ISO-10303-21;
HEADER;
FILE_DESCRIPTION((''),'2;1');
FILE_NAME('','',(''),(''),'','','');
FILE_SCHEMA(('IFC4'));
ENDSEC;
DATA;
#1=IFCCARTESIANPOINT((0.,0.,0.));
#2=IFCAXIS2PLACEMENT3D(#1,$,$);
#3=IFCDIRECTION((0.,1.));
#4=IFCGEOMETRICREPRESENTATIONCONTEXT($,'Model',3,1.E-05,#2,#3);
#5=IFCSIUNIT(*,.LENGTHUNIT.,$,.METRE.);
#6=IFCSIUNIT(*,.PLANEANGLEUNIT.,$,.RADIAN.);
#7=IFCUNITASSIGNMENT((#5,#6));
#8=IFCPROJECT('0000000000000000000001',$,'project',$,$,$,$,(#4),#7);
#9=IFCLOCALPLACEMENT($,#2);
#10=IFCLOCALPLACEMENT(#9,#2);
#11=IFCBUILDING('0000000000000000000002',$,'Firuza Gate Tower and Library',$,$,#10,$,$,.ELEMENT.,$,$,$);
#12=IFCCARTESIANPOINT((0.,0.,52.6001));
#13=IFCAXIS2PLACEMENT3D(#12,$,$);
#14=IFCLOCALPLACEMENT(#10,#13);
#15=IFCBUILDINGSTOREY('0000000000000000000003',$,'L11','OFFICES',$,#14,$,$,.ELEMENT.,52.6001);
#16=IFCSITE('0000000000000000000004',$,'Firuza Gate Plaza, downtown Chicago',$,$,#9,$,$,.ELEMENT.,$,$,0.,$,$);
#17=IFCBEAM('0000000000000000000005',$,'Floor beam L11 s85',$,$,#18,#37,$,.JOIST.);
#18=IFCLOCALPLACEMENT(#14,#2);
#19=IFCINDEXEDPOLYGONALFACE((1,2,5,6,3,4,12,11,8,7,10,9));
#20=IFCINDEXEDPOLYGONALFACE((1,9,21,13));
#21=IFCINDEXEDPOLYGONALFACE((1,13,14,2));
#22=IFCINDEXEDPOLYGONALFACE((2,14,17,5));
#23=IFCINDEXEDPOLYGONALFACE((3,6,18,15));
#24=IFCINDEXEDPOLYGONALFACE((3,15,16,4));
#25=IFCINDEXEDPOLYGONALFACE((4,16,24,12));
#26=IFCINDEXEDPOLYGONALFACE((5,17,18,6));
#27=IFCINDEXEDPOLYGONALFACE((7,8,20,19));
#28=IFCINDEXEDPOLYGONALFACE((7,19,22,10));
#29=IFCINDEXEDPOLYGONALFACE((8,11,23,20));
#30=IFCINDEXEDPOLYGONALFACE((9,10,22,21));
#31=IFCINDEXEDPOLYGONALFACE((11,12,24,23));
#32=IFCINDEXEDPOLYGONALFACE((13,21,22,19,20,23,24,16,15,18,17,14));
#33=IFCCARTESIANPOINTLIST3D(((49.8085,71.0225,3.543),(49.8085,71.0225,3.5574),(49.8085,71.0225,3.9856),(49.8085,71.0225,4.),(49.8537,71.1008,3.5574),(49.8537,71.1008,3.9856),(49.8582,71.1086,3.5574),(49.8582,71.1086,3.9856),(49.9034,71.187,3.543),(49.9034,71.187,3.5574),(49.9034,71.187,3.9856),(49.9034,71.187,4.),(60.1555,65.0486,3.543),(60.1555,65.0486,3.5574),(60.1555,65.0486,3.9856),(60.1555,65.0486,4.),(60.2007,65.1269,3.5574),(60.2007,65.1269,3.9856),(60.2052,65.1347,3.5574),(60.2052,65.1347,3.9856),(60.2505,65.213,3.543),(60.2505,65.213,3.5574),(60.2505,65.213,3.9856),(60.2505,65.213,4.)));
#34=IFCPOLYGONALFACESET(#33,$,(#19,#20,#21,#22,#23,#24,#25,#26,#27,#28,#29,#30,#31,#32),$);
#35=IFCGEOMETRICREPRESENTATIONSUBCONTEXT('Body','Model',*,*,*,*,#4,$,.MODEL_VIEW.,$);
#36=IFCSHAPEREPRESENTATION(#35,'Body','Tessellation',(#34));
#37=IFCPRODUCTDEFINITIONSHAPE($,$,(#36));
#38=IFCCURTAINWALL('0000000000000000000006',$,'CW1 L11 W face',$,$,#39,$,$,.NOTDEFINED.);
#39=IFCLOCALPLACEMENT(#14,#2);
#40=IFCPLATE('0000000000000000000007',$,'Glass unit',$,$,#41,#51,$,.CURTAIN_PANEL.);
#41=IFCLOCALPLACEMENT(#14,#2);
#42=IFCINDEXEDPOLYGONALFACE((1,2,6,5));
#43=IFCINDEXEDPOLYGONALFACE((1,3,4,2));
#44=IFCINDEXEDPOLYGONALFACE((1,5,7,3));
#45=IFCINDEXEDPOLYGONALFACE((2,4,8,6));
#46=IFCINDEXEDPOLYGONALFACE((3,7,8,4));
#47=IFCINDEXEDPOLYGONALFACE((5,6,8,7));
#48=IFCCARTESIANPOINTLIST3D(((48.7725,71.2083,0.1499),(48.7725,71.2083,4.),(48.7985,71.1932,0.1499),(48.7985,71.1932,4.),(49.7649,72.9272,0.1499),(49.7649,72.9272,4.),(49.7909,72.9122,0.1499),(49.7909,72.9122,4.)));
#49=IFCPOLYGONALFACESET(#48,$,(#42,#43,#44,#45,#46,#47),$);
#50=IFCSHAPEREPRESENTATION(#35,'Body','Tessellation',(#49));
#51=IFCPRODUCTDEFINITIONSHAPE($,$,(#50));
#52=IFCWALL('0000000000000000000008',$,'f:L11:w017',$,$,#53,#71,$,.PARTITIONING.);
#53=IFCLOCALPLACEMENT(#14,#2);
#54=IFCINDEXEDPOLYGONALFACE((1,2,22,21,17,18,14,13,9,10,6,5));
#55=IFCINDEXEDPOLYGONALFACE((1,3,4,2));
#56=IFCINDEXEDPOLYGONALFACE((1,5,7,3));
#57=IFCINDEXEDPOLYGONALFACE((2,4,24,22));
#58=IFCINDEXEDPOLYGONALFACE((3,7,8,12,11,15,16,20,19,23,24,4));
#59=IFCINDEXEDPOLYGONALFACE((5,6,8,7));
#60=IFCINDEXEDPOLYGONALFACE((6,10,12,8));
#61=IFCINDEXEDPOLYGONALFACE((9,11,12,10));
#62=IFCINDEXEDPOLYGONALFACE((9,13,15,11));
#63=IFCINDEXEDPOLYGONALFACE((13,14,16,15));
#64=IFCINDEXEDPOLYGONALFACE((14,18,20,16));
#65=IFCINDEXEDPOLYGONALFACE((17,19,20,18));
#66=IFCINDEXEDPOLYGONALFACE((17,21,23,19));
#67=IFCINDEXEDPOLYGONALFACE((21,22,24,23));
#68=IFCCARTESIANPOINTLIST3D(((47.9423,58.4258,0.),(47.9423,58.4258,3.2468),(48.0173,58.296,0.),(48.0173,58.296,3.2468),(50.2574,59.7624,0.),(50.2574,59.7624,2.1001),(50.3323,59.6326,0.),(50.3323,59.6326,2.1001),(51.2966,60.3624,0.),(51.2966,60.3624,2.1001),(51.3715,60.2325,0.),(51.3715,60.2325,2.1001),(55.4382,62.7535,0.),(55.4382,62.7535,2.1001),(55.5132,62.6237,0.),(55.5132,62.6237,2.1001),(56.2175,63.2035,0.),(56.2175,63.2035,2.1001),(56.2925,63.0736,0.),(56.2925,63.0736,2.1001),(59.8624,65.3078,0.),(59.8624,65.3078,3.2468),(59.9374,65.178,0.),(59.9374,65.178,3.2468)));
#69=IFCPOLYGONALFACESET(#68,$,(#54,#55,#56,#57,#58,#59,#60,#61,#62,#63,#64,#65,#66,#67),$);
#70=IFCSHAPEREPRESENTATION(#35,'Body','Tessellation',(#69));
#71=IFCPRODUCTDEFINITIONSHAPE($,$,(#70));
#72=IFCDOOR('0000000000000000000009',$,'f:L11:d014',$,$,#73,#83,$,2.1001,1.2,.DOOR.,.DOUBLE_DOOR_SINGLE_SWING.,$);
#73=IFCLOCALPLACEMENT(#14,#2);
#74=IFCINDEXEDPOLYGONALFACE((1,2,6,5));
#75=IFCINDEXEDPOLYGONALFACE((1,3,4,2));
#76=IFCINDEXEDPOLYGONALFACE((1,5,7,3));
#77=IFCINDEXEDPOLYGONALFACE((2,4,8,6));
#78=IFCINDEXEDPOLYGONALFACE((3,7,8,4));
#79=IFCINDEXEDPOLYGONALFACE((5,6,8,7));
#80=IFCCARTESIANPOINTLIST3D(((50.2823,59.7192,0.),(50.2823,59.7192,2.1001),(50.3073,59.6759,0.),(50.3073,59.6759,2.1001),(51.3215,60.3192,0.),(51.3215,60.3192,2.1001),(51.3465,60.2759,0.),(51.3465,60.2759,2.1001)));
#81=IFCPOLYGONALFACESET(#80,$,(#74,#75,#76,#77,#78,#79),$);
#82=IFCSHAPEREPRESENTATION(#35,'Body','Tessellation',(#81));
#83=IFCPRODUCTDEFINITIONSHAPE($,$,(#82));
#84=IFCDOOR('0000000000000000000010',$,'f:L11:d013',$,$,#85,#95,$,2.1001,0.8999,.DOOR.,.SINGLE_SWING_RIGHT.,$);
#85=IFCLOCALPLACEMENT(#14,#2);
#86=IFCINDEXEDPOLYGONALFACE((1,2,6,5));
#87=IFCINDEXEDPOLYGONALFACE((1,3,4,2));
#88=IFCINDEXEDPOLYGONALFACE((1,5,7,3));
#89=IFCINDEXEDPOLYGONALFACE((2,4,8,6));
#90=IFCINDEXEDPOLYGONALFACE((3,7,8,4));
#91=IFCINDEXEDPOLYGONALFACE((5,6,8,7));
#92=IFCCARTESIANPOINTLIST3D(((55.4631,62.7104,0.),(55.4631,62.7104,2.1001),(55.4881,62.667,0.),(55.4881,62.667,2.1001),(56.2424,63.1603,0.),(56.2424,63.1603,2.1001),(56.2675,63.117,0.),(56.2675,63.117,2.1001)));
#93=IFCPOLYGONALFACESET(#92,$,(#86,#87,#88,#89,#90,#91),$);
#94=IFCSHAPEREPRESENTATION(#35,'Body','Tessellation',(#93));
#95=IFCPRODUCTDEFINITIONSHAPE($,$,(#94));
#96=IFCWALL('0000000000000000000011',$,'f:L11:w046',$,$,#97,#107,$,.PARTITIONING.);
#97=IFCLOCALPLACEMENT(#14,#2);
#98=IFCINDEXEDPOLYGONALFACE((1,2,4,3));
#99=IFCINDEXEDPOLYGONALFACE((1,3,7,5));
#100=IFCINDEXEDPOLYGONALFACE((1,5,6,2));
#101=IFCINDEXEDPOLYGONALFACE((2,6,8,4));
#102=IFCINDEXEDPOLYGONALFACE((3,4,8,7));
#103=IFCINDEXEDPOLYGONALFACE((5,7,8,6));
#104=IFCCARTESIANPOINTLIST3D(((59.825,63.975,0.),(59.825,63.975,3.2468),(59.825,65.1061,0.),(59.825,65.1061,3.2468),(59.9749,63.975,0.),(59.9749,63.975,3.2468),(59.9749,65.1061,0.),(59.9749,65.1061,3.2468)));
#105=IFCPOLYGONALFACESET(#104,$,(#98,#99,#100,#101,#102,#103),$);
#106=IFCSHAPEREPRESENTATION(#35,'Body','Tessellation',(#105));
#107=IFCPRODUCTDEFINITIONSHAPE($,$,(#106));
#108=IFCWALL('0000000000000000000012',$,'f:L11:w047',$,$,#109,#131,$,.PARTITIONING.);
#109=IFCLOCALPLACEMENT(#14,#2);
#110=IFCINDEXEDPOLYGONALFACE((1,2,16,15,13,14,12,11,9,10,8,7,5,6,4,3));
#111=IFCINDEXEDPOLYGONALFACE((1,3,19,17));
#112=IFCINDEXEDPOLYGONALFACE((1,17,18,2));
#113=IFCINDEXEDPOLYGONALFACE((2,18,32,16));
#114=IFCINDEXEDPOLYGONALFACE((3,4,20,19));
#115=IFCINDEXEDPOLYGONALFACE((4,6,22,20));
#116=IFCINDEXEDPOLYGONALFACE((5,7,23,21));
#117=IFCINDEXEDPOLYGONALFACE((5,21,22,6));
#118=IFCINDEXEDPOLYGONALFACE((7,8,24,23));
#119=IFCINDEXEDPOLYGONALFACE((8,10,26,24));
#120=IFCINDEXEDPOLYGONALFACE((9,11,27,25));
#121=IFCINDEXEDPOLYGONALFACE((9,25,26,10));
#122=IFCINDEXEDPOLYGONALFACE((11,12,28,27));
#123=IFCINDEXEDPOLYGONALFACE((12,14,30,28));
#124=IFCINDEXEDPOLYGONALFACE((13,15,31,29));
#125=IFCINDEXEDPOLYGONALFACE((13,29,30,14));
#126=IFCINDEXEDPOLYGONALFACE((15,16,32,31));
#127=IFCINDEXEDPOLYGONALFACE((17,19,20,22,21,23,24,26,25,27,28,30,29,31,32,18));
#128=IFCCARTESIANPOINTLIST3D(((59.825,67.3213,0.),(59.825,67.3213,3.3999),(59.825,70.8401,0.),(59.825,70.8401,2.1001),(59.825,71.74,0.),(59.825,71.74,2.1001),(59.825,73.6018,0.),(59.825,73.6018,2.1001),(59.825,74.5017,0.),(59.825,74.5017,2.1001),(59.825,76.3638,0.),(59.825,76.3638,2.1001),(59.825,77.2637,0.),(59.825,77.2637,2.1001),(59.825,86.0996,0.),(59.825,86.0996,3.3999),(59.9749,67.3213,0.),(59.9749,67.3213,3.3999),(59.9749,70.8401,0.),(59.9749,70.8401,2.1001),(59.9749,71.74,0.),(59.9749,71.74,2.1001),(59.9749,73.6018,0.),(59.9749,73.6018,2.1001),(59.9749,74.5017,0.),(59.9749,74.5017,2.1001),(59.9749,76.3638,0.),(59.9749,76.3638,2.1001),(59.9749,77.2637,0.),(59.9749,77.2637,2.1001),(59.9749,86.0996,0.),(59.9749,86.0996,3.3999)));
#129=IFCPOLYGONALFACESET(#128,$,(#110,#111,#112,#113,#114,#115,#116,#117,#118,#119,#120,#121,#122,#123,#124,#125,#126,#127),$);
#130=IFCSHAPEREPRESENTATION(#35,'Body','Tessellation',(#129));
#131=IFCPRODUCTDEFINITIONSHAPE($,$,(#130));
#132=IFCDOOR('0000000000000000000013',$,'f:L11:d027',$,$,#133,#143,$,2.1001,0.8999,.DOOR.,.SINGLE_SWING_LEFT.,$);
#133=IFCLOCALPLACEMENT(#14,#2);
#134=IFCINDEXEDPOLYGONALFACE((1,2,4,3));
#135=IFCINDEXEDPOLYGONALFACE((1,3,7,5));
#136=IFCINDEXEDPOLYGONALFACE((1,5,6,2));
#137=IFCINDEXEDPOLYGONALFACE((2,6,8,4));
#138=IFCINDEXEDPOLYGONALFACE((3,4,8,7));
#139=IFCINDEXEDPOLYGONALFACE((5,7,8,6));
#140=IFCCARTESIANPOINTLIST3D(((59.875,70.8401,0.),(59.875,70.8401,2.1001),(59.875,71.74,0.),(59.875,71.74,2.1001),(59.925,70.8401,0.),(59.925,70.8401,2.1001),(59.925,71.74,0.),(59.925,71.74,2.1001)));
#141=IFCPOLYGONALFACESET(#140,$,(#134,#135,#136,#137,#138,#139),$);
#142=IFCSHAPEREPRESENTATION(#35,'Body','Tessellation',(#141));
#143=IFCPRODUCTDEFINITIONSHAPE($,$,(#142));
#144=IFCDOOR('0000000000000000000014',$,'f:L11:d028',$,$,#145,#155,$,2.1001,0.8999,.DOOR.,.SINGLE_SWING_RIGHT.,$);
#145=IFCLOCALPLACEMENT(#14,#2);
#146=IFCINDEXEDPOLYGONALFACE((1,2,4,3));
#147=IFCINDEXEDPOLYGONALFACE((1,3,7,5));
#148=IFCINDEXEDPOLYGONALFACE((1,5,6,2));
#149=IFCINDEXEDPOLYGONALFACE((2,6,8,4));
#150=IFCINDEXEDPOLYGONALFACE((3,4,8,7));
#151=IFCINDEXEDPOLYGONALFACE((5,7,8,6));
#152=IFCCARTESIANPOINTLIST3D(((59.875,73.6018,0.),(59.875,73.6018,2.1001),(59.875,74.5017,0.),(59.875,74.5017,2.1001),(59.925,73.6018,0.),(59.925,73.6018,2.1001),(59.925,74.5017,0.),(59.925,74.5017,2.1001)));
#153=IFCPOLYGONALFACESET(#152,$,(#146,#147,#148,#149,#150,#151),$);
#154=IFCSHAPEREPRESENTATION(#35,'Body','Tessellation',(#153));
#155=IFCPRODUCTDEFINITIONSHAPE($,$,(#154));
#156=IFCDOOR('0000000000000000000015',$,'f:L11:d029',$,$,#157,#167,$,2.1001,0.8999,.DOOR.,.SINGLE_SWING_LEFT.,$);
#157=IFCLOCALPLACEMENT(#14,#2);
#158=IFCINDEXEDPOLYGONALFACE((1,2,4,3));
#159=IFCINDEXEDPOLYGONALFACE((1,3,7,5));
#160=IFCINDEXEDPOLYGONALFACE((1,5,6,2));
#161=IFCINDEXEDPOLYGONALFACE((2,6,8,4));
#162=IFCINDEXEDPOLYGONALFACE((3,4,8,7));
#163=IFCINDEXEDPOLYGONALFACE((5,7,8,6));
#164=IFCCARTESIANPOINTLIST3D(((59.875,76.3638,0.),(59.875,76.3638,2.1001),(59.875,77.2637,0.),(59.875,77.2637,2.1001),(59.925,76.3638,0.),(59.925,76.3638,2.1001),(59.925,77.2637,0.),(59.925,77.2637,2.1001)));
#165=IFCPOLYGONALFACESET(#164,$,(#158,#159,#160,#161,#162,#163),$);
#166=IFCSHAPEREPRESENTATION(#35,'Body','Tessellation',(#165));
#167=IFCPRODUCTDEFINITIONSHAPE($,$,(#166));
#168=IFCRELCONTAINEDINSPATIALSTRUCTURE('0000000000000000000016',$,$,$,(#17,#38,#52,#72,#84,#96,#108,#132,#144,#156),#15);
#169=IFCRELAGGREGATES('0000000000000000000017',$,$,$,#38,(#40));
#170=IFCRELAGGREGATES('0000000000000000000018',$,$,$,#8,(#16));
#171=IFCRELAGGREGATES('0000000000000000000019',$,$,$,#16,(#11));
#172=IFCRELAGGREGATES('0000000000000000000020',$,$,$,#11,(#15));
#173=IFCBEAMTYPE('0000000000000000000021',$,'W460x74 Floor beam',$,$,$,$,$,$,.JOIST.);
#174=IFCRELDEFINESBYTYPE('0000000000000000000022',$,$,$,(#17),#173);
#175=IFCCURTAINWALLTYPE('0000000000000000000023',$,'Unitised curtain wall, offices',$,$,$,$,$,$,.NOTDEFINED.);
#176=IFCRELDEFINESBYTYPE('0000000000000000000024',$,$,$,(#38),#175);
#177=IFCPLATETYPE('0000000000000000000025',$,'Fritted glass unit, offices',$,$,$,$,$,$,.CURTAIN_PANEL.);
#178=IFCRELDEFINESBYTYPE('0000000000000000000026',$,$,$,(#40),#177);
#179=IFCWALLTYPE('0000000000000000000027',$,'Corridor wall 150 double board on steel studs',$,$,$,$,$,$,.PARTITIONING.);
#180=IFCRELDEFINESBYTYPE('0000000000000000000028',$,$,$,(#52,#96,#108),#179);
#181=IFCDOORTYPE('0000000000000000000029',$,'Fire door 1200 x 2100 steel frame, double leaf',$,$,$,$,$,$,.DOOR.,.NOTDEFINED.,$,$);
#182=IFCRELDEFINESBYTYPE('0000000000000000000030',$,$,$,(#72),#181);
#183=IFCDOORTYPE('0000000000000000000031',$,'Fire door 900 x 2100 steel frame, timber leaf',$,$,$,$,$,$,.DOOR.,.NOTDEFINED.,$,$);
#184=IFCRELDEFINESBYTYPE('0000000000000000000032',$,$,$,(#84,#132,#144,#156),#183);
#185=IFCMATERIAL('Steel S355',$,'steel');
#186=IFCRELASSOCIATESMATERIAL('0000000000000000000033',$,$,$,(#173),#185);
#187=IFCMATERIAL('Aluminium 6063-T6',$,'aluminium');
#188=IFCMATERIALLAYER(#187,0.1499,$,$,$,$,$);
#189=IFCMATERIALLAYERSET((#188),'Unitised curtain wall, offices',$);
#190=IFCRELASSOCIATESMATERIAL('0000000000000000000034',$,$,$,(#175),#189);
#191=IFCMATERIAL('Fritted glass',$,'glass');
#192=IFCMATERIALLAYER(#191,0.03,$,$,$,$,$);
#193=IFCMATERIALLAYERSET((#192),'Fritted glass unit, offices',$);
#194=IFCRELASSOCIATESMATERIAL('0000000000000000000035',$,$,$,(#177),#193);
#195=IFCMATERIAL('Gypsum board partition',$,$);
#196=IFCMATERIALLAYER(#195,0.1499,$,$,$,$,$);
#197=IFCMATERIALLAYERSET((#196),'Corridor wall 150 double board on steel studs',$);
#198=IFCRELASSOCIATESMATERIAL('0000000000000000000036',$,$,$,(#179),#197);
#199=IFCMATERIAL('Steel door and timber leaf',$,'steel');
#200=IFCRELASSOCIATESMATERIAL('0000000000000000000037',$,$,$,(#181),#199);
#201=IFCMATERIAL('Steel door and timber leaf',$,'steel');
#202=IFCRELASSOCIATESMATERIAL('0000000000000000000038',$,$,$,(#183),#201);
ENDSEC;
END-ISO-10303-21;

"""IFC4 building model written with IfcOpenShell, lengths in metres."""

from ifc_helpers import new_model, si_unit, direction, frame, frame_2d, origin, origin_2d, place, context, subcontext, project, spatial, polyline, rectangle, i_section, outline, extrude, material, layer, layer_set, material_profile, profile_set, type_object, element, fill, aggregate, save


model = new_model("IFC4")

# Units and contexts
model_context = context("Model", 3, precision=1e-05, world=origin(), true_north=direction((0.0, 1.0)))
body_context = subcontext(model_context, "Body", "Model", "MODEL_VIEW")
ifc_project = project(units=[si_unit("LENGTHUNIT", "METRE"), si_unit("PLANEANGLEUNIT", "RADIAN")], contexts=[model_context])

# Site, building, storey
site_placement = place(None, origin())
site = spatial("IfcSite", under=ifc_project, at=site_placement, Name="Firuza Gate Plaza, downtown Chicago", CompositionType="ELEMENT", RefElevation=0.0)
building_placement = place(site_placement, origin())
building = spatial("IfcBuilding", under=site, at=building_placement, Name="Firuza Gate Tower and Library", CompositionType="ELEMENT")
storey_placement = place(building_placement, frame((0.0, 0.0, 52.6001)))
storey = spatial("IfcBuildingStorey", under=building, at=storey_placement, Name="L11", Description="OFFICES", CompositionType="ELEMENT", Elevation=52.6001)

# Beam
ifc_material_1 = material(Name="Steel S355", Category="steel")
ifc_material_profile = material_profile(ifc_material_1, i_section(OverallWidth=0.1899, OverallDepth=0.457, WebThickness=0.009, FlangeThickness=0.0144, at=origin_2d()))
ifc_profile_set = profile_set([ifc_material_profile], Name="Steel S355")
beam_type = type_object("IfcBeamType", Name="W460x74 Floor beam", PredefinedType="JOIST", material=ifc_profile_set)
beam_placement = place(storey_placement, frame((49.856, 71.1047, 3.7715), z_axis=(0.866023, -0.500005, 0.0), x_axis=(0.500005, 0.866023, 0.0)))
element("IfcBeam", 1, at=beam_placement, inside=storey, type_object=beam_type, Name="Floor beam L11 s85", PredefinedType="JOIST", context=body_context, shape_type="SweptSolid", body=[
    extrude(i_section(OverallWidth=0.1899, OverallDepth=0.457, WebThickness=0.009, FlangeThickness=0.0144, at=origin_2d()), origin(), (0.0, 0.0, 1.0), 11.9478),
])

# Curtain wall, plate
ifc_material_2 = material(Name="Aluminium 6063-T6", Category="aluminium")
ifc_layer_1 = layer(ifc_material_2, 0.1499)
ifc_layer_set_1 = layer_set([ifc_layer_1], Name="Unitised curtain wall, offices")
curtain_wall_type = type_object("IfcCurtainWallType", Name="Unitised curtain wall, offices", PredefinedType="NOTDEFINED", material=ifc_layer_set_1)
curtain_wall_placement = place(storey_placement, origin())
curtain_wall = element("IfcCurtainWall", 2, at=curtain_wall_placement, inside=storey, type_object=curtain_wall_type, Name="CW1 L11 W face", PredefinedType="NOTDEFINED")
ifc_material_3 = material(Name="Fritted glass", Category="glass")
ifc_layer_2 = layer(ifc_material_3, 0.03)
ifc_layer_set_2 = layer_set([ifc_layer_2], Name="Fritted glass unit, offices")
plate_type = type_object("IfcPlateType", Name="Fritted glass unit, offices", PredefinedType="CURTAIN_PANEL", material=ifc_layer_set_2)
plate_placement = place(storey_placement, frame((49.7649, 72.9272, 0.1499), z_axis=(-0.866032, 0.499989, 0.0), x_axis=(-0.499989, -0.866032, 0.0)))
plate = element("IfcPlate", 3, at=plate_placement, type_object=plate_type, Name="Glass unit", PredefinedType="CURTAIN_PANEL", context=body_context, shape_type="SweptSolid", body=[
    extrude(outline(polyline([(0.0, 0.0), (1.9849, 0.0), (1.9849, 3.8501), (0.0, 3.8501), (0.0, 0.0)])), origin(), (0.0, 0.0, -1.0), 0.03),
])
aggregate(curtain_wall, [plate])

# Wall, openings, doors
ifc_material_4 = material(Name="Gypsum board partition")
ifc_layer_3 = layer(ifc_material_4, 0.1499)
ifc_layer_set_3 = layer_set([ifc_layer_3], Name="Corridor wall 150 double board on steel studs")
wall_type_1 = type_object("IfcWallType", Name="Corridor wall 150 double board on steel studs", PredefinedType="PARTITIONING", material=ifc_layer_set_3)
wall_1_placement = place(storey_placement, frame((59.8999, 65.2429, 0.0), z_axis=(0.0, 0.0, 1.0), x_axis=(-0.866026, -0.499998, 0.0)))
wall_1 = element("IfcWall", 4, at=wall_1_placement, inside=storey, type_object=wall_type_1, Name="f:L11:w017", PredefinedType="PARTITIONING", context=body_context, shape_type="SweptSolid", body=[
    extrude(rectangle(XDim=13.7642, YDim=0.1499, at=frame_2d((6.8821, 0.0))), origin(), (0.0, 0.0, 1.0), 3.2468),
])
opening_1_placement = place(wall_1_placement, frame((4.2087, 0.0, 0.0)))
opening_1 = element("IfcOpeningElement", 5, at=opening_1_placement, cuts=wall_1, PredefinedType="OPENING", context=body_context, shape_type="SweptSolid", body=[
    extrude(rectangle(XDim=0.8999, YDim=2.1001, at=frame_2d((0.45, 1.05))), frame((0.0, 0.085, 0.0), z_axis=(0.0, -1.0, 0.0), x_axis=(1.0, 0.0, 0.0)), (0.0, 0.0, 1.0), 0.1699),
])
opening_2_placement = place(wall_1_placement, frame((9.8909, 0.0, 0.0)))
opening_2 = element("IfcOpeningElement", 6, at=opening_2_placement, cuts=wall_1, PredefinedType="OPENING", context=body_context, shape_type="SweptSolid", body=[
    extrude(rectangle(XDim=1.2, YDim=2.1001, at=frame_2d((0.6001, 1.05))), frame((0.0, 0.085, 0.0), z_axis=(0.0, -1.0, 0.0), x_axis=(1.0, 0.0, 0.0)), (0.0, 0.0, 1.0), 0.1699),
])
ifc_material_5 = material(Name="Steel door and timber leaf", Category="steel")
door_type_1 = type_object("IfcDoorType", Name="Fire door 1200 x 2100 steel frame, double leaf", OperationType="NOTDEFINED", PredefinedType="DOOR", material=ifc_material_5)
door_1_placement = place(opening_2_placement, origin())
door_1 = element("IfcDoor", 7, at=door_1_placement, inside=storey, type_object=door_type_1, Name="f:L11:d014", OperationType="DOUBLE_DOOR_SINGLE_SWING", OverallHeight=2.1001, OverallWidth=1.2, PredefinedType="DOOR", context=body_context, shape_type="SweptSolid", body=[
    extrude(rectangle(XDim=1.2, YDim=2.1001, at=frame_2d((0.6001, 1.05))), frame((0.0, 0.0249, 0.0), z_axis=(0.0, -1.0, 0.0), x_axis=(1.0, 0.0, 0.0)), (0.0, 0.0, 1.0), 0.05),
])
fill(opening_2, door_1)
ifc_material_6 = material(Name="Steel door and timber leaf", Category="steel")
door_type_2 = type_object("IfcDoorType", Name="Fire door 900 x 2100 steel frame, timber leaf", OperationType="NOTDEFINED", PredefinedType="DOOR", material=ifc_material_6)
door_2_placement = place(opening_1_placement, origin())
door_2 = element("IfcDoor", 8, at=door_2_placement, inside=storey, type_object=door_type_2, Name="f:L11:d013", OperationType="SINGLE_SWING_RIGHT", OverallHeight=2.1001, OverallWidth=0.8999, PredefinedType="DOOR", context=body_context, shape_type="SweptSolid", body=[
    extrude(rectangle(XDim=0.8999, YDim=2.1001, at=frame_2d((0.45, 1.05))), frame((0.0, 0.0249, 0.0), z_axis=(0.0, -1.0, 0.0), x_axis=(1.0, 0.0, 0.0)), (0.0, 0.0, 1.0), 0.05),
])
fill(opening_1, door_2)

# Wall
wall_2_placement = place(storey_placement, frame((59.8999, 63.9751, 0.0), z_axis=(0.0, 0.0, 1.0), x_axis=(0.0, 1.0, 0.0)))
element("IfcWall", 9, at=wall_2_placement, inside=storey, type_object=wall_type_1, Name="f:L11:w046", PredefinedType="PARTITIONING", context=body_context, shape_type="SweptSolid", body=[
    extrude(rectangle(XDim=1.1311, YDim=0.1499, at=frame_2d((0.5654, 0.0))), origin(), (0.0, 0.0, 1.0), 3.2468),
])

# Wall, openings, doors
wall_3_placement = place(storey_placement, frame((59.8999, 67.3213, 0.0), z_axis=(0.0, 0.0, 1.0), x_axis=(0.0, 1.0, 0.0)))
wall_3 = element("IfcWall", 10, at=wall_3_placement, inside=storey, type_object=wall_type_1, Name="f:L11:w047", PredefinedType="PARTITIONING", context=body_context, shape_type="SweptSolid", body=[
    extrude(rectangle(XDim=18.7783, YDim=0.1499, at=frame_2d((9.3892, 0.0))), origin(), (0.0, 0.0, 1.0), 3.3999),
])
opening_3_placement = place(wall_3_placement, frame((3.5188, 0.0, 0.0)))
opening_3 = element("IfcOpeningElement", 11, at=opening_3_placement, cuts=wall_3, PredefinedType="OPENING", context=body_context, shape_type="SweptSolid", body=[
    extrude(rectangle(XDim=0.8999, YDim=2.1001, at=frame_2d((0.45, 1.05))), frame((0.0, 0.085, 0.0), z_axis=(0.0, -1.0, 0.0), x_axis=(1.0, 0.0, 0.0)), (0.0, 0.0, 1.0), 0.1699),
])
opening_4_placement = place(wall_3_placement, frame((6.2805, 0.0, 0.0)))
opening_4 = element("IfcOpeningElement", 12, at=opening_4_placement, cuts=wall_3, PredefinedType="OPENING", context=body_context, shape_type="SweptSolid", body=[
    extrude(rectangle(XDim=0.8999, YDim=2.1001, at=frame_2d((0.45, 1.05))), frame((0.0, 0.085, 0.0), z_axis=(0.0, -1.0, 0.0), x_axis=(1.0, 0.0, 0.0)), (0.0, 0.0, 1.0), 0.1699),
])
opening_5_placement = place(wall_3_placement, frame((9.0425, 0.0, 0.0)))
opening_5 = element("IfcOpeningElement", 13, at=opening_5_placement, cuts=wall_3, PredefinedType="OPENING", context=body_context, shape_type="SweptSolid", body=[
    extrude(rectangle(XDim=0.8999, YDim=2.1001, at=frame_2d((0.45, 1.05))), frame((0.0, 0.085, 0.0), z_axis=(0.0, -1.0, 0.0), x_axis=(1.0, 0.0, 0.0)), (0.0, 0.0, 1.0), 0.1699),
])
door_3_placement = place(opening_3_placement, origin())
door_3 = element("IfcDoor", 14, at=door_3_placement, inside=storey, type_object=door_type_2, Name="f:L11:d027", OperationType="SINGLE_SWING_LEFT", OverallHeight=2.1001, OverallWidth=0.8999, PredefinedType="DOOR", context=body_context, shape_type="SweptSolid", body=[
    extrude(rectangle(XDim=0.8999, YDim=2.1001, at=frame_2d((0.45, 1.05))), frame((0.0, 0.0249, 0.0), z_axis=(0.0, -1.0, 0.0), x_axis=(1.0, 0.0, 0.0)), (0.0, 0.0, 1.0), 0.05),
])
fill(opening_3, door_3)
door_4_placement = place(opening_4_placement, origin())
door_4 = element("IfcDoor", 15, at=door_4_placement, inside=storey, type_object=door_type_2, Name="f:L11:d028", OperationType="SINGLE_SWING_RIGHT", OverallHeight=2.1001, OverallWidth=0.8999, PredefinedType="DOOR", context=body_context, shape_type="SweptSolid", body=[
    extrude(rectangle(XDim=0.8999, YDim=2.1001, at=frame_2d((0.45, 1.05))), frame((0.0, 0.0249, 0.0), z_axis=(0.0, -1.0, 0.0), x_axis=(1.0, 0.0, 0.0)), (0.0, 0.0, 1.0), 0.05),
])
fill(opening_4, door_4)
door_5_placement = place(opening_5_placement, origin())
door_5 = element("IfcDoor", 16, at=door_5_placement, inside=storey, type_object=door_type_2, Name="f:L11:d029", OperationType="SINGLE_SWING_LEFT", OverallHeight=2.1001, OverallWidth=0.8999, PredefinedType="DOOR", context=body_context, shape_type="SweptSolid", body=[
    extrude(rectangle(XDim=0.8999, YDim=2.1001, at=frame_2d((0.45, 1.05))), frame((0.0, 0.0249, 0.0), z_axis=(0.0, -1.0, 0.0), x_axis=(1.0, 0.0, 0.0)), (0.0, 0.0, 1.0), 0.05),
])
fill(opening_5, door_5)

save(model, "model.ifc")
